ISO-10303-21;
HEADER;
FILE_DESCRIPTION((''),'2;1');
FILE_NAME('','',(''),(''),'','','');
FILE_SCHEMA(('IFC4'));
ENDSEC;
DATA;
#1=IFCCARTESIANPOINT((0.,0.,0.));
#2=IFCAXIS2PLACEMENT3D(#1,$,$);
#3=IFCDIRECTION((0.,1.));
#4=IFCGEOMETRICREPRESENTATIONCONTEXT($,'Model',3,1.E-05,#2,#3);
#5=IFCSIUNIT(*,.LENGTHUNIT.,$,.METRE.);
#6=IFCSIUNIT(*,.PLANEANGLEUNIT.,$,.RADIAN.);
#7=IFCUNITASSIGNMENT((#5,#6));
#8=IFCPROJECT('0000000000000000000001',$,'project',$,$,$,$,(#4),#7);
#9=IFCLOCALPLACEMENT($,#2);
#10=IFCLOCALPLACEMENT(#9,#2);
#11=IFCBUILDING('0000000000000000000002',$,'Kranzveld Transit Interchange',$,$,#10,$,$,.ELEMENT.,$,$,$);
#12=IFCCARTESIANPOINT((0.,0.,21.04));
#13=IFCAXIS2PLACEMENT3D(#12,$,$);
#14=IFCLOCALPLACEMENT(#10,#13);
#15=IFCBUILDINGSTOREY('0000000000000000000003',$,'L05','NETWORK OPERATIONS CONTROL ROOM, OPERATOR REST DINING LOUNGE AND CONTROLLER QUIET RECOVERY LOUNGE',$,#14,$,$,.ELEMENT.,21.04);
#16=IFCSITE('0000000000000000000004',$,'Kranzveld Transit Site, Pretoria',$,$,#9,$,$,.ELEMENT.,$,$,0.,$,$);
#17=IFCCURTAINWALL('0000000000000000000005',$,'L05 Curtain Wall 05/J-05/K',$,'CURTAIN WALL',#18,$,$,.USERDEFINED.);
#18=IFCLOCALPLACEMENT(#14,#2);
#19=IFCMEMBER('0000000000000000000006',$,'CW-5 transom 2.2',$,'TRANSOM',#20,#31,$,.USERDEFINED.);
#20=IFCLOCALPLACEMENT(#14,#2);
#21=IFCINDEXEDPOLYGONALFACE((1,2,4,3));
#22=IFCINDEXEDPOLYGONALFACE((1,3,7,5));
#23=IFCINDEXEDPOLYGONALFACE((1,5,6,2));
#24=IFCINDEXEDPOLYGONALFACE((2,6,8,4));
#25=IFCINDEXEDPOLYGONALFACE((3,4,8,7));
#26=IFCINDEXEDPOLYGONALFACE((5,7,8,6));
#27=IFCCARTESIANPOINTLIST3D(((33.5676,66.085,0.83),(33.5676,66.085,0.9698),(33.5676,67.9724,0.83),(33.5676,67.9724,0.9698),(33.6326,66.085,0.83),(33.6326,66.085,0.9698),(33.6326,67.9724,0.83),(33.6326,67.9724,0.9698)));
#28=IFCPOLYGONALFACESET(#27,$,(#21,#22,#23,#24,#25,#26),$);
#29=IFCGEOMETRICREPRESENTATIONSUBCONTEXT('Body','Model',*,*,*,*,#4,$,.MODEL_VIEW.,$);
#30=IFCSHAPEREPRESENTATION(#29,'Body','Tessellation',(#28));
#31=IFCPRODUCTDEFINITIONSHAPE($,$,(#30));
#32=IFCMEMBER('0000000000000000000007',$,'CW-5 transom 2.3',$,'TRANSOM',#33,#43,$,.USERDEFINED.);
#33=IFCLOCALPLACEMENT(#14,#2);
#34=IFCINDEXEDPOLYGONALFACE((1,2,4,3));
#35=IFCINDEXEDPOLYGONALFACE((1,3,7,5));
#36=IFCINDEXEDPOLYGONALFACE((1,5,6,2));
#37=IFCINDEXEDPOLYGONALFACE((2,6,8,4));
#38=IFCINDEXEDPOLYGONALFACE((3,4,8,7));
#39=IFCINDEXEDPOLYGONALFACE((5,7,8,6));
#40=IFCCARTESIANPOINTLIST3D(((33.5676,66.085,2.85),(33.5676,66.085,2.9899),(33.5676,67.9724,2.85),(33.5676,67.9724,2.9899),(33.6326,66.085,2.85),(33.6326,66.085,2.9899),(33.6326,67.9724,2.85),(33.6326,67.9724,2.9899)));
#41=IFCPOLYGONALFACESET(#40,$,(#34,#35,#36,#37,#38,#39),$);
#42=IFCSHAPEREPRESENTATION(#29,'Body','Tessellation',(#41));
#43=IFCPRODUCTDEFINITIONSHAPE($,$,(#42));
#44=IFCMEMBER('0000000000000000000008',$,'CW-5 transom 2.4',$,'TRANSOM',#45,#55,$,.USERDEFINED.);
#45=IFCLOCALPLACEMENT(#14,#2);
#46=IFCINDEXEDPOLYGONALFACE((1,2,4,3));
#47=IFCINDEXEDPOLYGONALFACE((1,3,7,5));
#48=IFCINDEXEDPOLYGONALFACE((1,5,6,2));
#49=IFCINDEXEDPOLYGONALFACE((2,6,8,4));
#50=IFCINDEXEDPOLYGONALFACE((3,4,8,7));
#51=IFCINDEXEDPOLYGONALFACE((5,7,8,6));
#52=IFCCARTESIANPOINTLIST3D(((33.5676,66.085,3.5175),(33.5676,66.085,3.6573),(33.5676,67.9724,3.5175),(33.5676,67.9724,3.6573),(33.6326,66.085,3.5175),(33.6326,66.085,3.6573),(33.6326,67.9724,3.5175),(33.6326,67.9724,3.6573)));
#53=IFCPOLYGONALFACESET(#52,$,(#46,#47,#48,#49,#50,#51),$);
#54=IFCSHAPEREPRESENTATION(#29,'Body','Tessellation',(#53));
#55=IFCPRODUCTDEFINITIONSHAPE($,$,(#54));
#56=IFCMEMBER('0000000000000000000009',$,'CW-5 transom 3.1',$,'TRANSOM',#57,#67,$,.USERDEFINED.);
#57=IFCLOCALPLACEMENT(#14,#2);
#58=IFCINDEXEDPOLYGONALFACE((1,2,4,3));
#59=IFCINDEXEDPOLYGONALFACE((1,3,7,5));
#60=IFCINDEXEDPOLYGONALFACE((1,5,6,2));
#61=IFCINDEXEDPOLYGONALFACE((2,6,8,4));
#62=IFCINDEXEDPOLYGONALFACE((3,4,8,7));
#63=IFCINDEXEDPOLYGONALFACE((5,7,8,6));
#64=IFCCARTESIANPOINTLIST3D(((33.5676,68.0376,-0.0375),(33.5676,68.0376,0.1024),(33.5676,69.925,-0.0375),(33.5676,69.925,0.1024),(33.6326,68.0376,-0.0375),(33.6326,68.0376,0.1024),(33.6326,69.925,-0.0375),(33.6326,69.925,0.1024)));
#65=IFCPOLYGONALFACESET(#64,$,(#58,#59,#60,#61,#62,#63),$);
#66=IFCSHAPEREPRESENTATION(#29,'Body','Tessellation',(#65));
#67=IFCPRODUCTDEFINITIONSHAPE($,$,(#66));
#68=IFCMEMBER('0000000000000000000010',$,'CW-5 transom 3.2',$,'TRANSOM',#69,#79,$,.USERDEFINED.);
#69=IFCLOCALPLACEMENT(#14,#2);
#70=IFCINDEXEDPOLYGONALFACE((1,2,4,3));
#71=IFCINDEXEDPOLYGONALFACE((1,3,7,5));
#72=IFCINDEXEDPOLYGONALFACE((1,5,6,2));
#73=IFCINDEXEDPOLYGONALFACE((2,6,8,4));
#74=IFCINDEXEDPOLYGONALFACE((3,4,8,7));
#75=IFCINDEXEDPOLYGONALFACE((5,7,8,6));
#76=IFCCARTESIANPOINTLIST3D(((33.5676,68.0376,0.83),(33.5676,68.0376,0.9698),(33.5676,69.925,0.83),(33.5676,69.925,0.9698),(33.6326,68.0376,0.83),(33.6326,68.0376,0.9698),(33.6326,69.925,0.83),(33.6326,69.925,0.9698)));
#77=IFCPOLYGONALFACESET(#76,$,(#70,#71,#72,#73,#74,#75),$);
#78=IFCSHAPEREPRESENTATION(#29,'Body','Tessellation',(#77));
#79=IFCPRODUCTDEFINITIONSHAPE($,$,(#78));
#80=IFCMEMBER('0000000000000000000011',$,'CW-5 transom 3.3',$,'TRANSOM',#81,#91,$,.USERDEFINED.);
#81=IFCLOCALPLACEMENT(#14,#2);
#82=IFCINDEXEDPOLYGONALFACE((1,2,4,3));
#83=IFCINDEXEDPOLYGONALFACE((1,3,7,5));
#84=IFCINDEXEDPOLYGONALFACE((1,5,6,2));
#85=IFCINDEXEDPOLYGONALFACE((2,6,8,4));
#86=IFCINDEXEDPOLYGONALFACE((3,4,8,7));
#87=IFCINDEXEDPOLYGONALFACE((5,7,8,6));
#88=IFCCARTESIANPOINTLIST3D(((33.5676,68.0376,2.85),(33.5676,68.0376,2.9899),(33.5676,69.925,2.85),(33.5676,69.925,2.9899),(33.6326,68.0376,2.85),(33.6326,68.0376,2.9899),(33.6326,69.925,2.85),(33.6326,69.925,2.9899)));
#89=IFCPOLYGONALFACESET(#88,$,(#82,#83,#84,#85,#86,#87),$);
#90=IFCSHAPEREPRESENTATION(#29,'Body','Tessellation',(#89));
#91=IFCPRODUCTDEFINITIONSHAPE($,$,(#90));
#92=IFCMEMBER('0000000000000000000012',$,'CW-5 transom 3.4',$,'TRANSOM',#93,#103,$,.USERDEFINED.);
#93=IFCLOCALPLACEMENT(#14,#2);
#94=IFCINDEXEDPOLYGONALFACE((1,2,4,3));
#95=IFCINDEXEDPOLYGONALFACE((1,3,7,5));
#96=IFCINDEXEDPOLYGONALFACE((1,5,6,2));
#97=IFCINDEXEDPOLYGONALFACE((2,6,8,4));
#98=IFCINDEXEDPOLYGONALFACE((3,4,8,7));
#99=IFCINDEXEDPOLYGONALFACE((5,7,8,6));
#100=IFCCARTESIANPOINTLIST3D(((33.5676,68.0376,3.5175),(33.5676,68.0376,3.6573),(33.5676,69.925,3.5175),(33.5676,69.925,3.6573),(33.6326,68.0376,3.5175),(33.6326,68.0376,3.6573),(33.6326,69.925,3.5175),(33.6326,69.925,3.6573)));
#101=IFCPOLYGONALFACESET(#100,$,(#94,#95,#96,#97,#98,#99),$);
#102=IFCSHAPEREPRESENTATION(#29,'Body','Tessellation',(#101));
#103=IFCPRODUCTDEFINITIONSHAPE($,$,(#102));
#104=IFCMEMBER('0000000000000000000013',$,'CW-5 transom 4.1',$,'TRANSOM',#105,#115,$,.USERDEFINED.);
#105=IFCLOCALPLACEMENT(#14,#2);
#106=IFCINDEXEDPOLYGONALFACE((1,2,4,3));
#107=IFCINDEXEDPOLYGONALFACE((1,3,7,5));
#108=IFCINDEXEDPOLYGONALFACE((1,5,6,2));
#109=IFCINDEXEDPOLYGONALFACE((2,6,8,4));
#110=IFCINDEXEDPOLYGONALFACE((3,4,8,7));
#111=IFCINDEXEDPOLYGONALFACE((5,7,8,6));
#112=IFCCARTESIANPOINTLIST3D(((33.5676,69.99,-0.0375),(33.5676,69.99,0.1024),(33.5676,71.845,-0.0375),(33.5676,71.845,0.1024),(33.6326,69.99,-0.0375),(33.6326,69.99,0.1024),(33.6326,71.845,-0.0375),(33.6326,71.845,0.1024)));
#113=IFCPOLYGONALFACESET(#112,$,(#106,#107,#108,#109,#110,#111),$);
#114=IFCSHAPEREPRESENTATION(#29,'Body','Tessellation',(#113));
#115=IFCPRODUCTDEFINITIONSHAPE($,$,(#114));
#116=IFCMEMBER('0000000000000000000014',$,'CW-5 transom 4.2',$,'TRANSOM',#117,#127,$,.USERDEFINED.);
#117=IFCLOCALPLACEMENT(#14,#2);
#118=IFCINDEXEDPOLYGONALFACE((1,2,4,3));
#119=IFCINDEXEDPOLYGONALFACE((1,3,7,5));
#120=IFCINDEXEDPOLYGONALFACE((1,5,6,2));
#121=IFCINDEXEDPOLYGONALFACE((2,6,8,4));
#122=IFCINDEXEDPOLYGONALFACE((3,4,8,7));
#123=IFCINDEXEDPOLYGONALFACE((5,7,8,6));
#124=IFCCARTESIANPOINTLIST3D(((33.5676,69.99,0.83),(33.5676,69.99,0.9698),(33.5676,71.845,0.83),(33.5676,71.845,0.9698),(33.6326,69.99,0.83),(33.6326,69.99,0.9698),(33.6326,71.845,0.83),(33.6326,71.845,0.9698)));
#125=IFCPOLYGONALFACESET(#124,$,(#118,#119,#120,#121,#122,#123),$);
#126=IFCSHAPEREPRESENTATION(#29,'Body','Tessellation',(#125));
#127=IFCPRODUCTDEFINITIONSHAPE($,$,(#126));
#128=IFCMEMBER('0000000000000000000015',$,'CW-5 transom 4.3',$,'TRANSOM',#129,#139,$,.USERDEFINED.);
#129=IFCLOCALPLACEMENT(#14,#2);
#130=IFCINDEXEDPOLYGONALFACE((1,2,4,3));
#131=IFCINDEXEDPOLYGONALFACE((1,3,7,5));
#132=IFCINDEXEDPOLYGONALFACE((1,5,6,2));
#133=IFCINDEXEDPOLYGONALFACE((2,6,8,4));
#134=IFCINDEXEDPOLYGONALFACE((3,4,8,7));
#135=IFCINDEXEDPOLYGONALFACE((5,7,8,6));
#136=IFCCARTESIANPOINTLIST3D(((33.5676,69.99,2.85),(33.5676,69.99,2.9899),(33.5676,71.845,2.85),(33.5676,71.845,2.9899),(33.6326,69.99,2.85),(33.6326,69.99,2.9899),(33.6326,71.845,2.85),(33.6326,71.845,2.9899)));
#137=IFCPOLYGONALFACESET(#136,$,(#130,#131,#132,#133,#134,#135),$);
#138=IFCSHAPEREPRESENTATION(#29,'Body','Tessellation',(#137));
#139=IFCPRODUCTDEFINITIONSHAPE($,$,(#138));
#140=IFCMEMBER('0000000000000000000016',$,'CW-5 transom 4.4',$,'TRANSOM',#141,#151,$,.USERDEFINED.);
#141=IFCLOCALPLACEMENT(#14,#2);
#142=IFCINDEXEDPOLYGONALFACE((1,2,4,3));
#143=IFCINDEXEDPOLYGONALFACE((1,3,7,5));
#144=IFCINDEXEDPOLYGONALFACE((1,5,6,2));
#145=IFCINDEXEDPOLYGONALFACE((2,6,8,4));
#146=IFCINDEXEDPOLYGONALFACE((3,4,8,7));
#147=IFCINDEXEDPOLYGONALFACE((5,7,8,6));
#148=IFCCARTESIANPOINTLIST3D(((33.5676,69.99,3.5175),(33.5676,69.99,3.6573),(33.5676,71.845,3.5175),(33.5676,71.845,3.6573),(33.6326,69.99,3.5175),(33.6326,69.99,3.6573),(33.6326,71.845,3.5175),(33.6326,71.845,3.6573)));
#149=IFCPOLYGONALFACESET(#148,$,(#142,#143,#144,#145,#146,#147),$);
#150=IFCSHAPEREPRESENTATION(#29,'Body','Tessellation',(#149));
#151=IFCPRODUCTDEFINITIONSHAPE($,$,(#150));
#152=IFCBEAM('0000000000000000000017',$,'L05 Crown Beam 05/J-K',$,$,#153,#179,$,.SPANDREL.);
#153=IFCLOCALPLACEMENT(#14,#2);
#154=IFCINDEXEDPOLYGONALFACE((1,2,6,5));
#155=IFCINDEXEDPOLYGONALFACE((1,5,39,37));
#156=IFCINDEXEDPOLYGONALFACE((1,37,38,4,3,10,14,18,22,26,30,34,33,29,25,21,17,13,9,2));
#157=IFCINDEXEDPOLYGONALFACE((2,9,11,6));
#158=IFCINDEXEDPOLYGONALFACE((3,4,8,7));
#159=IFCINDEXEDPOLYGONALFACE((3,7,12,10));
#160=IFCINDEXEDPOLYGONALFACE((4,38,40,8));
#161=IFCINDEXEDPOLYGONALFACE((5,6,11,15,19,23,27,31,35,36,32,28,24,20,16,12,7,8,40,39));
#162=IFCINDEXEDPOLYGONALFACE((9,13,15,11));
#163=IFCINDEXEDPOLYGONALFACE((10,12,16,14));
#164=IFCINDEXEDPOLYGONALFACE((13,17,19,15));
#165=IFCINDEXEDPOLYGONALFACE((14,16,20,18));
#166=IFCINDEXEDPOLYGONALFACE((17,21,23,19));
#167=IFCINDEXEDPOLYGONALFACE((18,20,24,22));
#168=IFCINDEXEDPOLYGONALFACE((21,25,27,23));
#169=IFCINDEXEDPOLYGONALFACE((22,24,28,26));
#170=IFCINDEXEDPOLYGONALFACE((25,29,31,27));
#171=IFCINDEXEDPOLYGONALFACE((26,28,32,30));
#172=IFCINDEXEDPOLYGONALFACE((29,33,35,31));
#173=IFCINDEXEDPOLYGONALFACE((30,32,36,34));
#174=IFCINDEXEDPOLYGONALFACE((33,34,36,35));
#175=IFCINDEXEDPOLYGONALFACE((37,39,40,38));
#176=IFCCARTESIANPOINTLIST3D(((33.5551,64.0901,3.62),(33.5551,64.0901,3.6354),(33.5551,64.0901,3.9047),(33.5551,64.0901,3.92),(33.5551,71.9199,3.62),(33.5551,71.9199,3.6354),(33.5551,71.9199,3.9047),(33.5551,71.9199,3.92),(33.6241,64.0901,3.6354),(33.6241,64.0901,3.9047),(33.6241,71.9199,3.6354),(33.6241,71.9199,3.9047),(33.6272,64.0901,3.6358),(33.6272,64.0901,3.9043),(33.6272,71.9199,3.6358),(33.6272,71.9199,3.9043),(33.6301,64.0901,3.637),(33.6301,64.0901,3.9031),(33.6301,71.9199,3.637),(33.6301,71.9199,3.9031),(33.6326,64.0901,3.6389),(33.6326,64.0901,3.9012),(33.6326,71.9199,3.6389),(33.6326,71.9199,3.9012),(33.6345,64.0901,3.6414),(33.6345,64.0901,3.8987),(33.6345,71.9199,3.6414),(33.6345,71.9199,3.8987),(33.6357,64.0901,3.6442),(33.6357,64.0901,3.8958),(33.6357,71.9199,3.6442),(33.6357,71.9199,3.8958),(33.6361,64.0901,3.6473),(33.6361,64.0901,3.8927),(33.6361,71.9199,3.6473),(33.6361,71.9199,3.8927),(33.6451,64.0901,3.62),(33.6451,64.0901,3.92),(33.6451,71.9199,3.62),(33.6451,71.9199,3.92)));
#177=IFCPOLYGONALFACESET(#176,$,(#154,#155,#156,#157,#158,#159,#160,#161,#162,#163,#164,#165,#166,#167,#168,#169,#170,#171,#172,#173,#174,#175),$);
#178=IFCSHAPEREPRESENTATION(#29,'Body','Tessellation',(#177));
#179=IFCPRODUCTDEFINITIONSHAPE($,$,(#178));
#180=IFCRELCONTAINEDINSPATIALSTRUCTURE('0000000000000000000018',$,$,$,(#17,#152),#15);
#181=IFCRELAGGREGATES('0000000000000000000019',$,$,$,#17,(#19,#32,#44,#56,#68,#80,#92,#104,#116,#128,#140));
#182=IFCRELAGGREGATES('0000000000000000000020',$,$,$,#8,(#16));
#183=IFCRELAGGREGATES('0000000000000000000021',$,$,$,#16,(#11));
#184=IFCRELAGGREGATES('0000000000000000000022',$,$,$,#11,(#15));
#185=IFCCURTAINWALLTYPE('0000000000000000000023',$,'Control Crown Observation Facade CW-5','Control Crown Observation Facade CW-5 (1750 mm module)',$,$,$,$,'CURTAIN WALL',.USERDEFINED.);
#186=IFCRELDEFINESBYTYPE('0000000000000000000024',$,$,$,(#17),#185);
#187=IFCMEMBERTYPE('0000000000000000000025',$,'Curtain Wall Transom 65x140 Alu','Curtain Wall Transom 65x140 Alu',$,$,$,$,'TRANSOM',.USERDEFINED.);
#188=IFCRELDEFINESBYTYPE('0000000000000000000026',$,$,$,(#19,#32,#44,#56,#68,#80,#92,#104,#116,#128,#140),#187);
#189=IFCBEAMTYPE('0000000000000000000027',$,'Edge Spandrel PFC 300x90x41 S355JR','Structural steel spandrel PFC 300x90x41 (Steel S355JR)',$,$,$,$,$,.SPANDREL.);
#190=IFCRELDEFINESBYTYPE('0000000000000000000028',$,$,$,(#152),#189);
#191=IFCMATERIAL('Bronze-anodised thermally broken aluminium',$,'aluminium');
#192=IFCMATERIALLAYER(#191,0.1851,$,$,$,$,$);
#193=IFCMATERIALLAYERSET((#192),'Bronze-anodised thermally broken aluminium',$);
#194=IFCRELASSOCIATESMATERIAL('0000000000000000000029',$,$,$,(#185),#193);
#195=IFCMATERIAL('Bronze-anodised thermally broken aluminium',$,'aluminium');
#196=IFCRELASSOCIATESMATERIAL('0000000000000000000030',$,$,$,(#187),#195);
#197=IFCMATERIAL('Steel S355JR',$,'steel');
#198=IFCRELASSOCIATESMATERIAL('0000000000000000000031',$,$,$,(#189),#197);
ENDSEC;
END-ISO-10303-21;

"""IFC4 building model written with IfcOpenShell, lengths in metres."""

from ifc_helpers import new_model, si_unit, direction, frame, origin, origin_2d, place, context, subcontext, project, spatial, rectangle, u_section, extrude, material, layer, layer_set, material_profile, profile_set, type_object, element, aggregate, save


model = new_model("IFC4")

# Units and contexts
model_context = context("Model", 3, precision=1e-05, world=origin(), true_north=direction((0.0, 1.0)))
body_context = subcontext(model_context, "Body", "Model", "MODEL_VIEW")
ifc_project = project(units=[si_unit("LENGTHUNIT", "METRE"), si_unit("PLANEANGLEUNIT", "RADIAN")], contexts=[model_context])

# Site, building, storey
site_placement = place(None, origin())
site = spatial("IfcSite", under=ifc_project, at=site_placement, Name="Kranzveld Transit Site, Pretoria", CompositionType="ELEMENT", RefElevation=0.0)
building_placement = place(site_placement, origin())
building = spatial("IfcBuilding", under=site, at=building_placement, Name="Kranzveld Transit Interchange", CompositionType="ELEMENT")
storey_placement = place(building_placement, frame((0.0, 0.0, 21.04)))
storey = spatial("IfcBuildingStorey", under=building, at=storey_placement, Name="L05", Description="NETWORK OPERATIONS CONTROL ROOM, OPERATOR REST DINING LOUNGE AND CONTROLLER QUIET RECOVERY LOUNGE", CompositionType="ELEMENT", Elevation=21.04)

# Curtain wall, members
ifc_material_1 = material(Name="Bronze-anodised thermally broken aluminium", Category="aluminium")
ifc_layer_1 = layer(ifc_material_1, 0.1851)
ifc_layer_set_1 = layer_set([ifc_layer_1], Name="Bronze-anodised thermally broken aluminium")
curtain_wall_type = type_object("IfcCurtainWallType", Name="Control Crown Observation Facade CW-5", Description="Control Crown Observation Facade CW-5 (1750 mm module)", ElementType="CURTAIN WALL", PredefinedType="USERDEFINED", material=ifc_layer_set_1)
curtain_wall_placement = place(storey_placement, origin())
curtain_wall = element("IfcCurtainWall", 1, at=curtain_wall_placement, inside=storey, type_object=curtain_wall_type, Name="L05 Curtain Wall 05/J-05/K", ObjectType="CURTAIN WALL", PredefinedType="USERDEFINED")
ifc_material_2 = material(Name="Bronze-anodised thermally broken aluminium", Category="aluminium")
ifc_material_profile_1 = material_profile(ifc_material_2, rectangle(XDim=0.0649, YDim=0.1399, at=origin_2d()), Name="ALU TRANSOM 65x140")
ifc_profile_set_1 = profile_set([ifc_material_profile_1], Name="Bronze-anodised thermally broken aluminium")
member_type_1 = type_object("IfcMemberType", Name="Curtain Wall Transom 65x140 Alu", Description="Curtain Wall Transom 65x140 Alu", ElementType="TRANSOM", PredefinedType="USERDEFINED", material=ifc_profile_set_1)
member_1_placement = place(storey_placement, frame((33.6001, 66.085, 0.8999), z_axis=(0.0, 1.0, 0.0), x_axis=(-1.0, 0.0, 0.0)))
member_1 = element("IfcMember", 2, at=member_1_placement, type_object=member_type_1, Name="CW-5 transom 2.2", ObjectType="TRANSOM", PredefinedType="USERDEFINED", context=body_context, shape_type="SweptSolid", body=[
    extrude(rectangle(XDim=0.0649, YDim=0.1399, at=origin_2d()), origin(), (0.0, 0.0, 1.0), 1.8875),
])
member_2_placement = place(storey_placement, frame((33.6001, 66.085, 2.9199), z_axis=(0.0, 1.0, 0.0), x_axis=(-1.0, 0.0, 0.0)))
member_2 = element("IfcMember", 3, at=member_2_placement, type_object=member_type_1, Name="CW-5 transom 2.3", ObjectType="TRANSOM", PredefinedType="USERDEFINED", context=body_context, shape_type="SweptSolid", body=[
    extrude(rectangle(XDim=0.0649, YDim=0.1399, at=origin_2d()), origin(), (0.0, 0.0, 1.0), 1.8875),
])
member_3_placement = place(storey_placement, frame((33.6001, 66.085, 3.5874), z_axis=(0.0, 1.0, 0.0), x_axis=(-1.0, 0.0, 0.0)))
member_3 = element("IfcMember", 4, at=member_3_placement, type_object=member_type_1, Name="CW-5 transom 2.4", ObjectType="TRANSOM", PredefinedType="USERDEFINED", context=body_context, shape_type="SweptSolid", body=[
    extrude(rectangle(XDim=0.0649, YDim=0.1399, at=origin_2d()), origin(), (0.0, 0.0, 1.0), 1.8875),
])
member_4_placement = place(storey_placement, frame((33.6001, 68.0376, 0.0325), z_axis=(0.0, 1.0, 0.0), x_axis=(-1.0, 0.0, 0.0)))
member_4 = element("IfcMember", 5, at=member_4_placement, type_object=member_type_1, Name="CW-5 transom 3.1", ObjectType="TRANSOM", PredefinedType="USERDEFINED", context=body_context, shape_type="SweptSolid", body=[
    extrude(rectangle(XDim=0.0649, YDim=0.1399, at=origin_2d()), origin(), (0.0, 0.0, 1.0), 1.8875),
])
member_5_placement = place(storey_placement, frame((33.6001, 68.0376, 0.8999), z_axis=(0.0, 1.0, 0.0), x_axis=(-1.0, 0.0, 0.0)))
member_5 = element("IfcMember", 6, at=member_5_placement, type_object=member_type_1, Name="CW-5 transom 3.2", ObjectType="TRANSOM", PredefinedType="USERDEFINED", context=body_context, shape_type="SweptSolid", body=[
    extrude(rectangle(XDim=0.0649, YDim=0.1399, at=origin_2d()), origin(), (0.0, 0.0, 1.0), 1.8875),
])
member_6_placement = place(storey_placement, frame((33.6001, 68.0376, 2.9199), z_axis=(0.0, 1.0, 0.0), x_axis=(-1.0, 0.0, 0.0)))
member_6 = element("IfcMember", 7, at=member_6_placement, type_object=member_type_1, Name="CW-5 transom 3.3", ObjectType="TRANSOM", PredefinedType="USERDEFINED", context=body_context, shape_type="SweptSolid", body=[
    extrude(rectangle(XDim=0.0649, YDim=0.1399, at=origin_2d()), origin(), (0.0, 0.0, 1.0), 1.8875),
])
member_7_placement = place(storey_placement, frame((33.6001, 68.0376, 3.5874), z_axis=(0.0, 1.0, 0.0), x_axis=(-1.0, 0.0, 0.0)))
member_7 = element("IfcMember", 8, at=member_7_placement, type_object=member_type_1, Name="CW-5 transom 3.4", ObjectType="TRANSOM", PredefinedType="USERDEFINED", context=body_context, shape_type="SweptSolid", body=[
    extrude(rectangle(XDim=0.0649, YDim=0.1399, at=origin_2d()), origin(), (0.0, 0.0, 1.0), 1.8875),
])
member_8_placement = place(storey_placement, frame((33.6001, 69.99, 0.0325), z_axis=(0.0, 1.0, 0.0), x_axis=(-1.0, 0.0, 0.0)))
member_8 = element("IfcMember", 9, at=member_8_placement, type_object=member_type_1, Name="CW-5 transom 4.1", ObjectType="TRANSOM", PredefinedType="USERDEFINED", context=body_context, shape_type="SweptSolid", body=[
    extrude(rectangle(XDim=0.0649, YDim=0.1399, at=origin_2d()), origin(), (0.0, 0.0, 1.0), 1.855),
])
member_9_placement = place(storey_placement, frame((33.6001, 69.99, 0.8999), z_axis=(0.0, 1.0, 0.0), x_axis=(-1.0, 0.0, 0.0)))
member_9 = element("IfcMember", 10, at=member_9_placement, type_object=member_type_1, Name="CW-5 transom 4.2", ObjectType="TRANSOM", PredefinedType="USERDEFINED", context=body_context, shape_type="SweptSolid", body=[
    extrude(rectangle(XDim=0.0649, YDim=0.1399, at=origin_2d()), origin(), (0.0, 0.0, 1.0), 1.855),
])
member_10_placement = place(storey_placement, frame((33.6001, 69.99, 2.9199), z_axis=(0.0, 1.0, 0.0), x_axis=(-1.0, 0.0, 0.0)))
member_10 = element("IfcMember", 11, at=member_10_placement, type_object=member_type_1, Name="CW-5 transom 4.3", ObjectType="TRANSOM", PredefinedType="USERDEFINED", context=body_context, shape_type="SweptSolid", body=[
    extrude(rectangle(XDim=0.0649, YDim=0.1399, at=origin_2d()), origin(), (0.0, 0.0, 1.0), 1.855),
])
member_11_placement = place(storey_placement, frame((33.6001, 69.99, 3.5874), z_axis=(0.0, 1.0, 0.0), x_axis=(-1.0, 0.0, 0.0)))
member_11 = element("IfcMember", 12, at=member_11_placement, type_object=member_type_1, Name="CW-5 transom 4.4", ObjectType="TRANSOM", PredefinedType="USERDEFINED", context=body_context, shape_type="SweptSolid", body=[
    extrude(rectangle(XDim=0.0649, YDim=0.1399, at=origin_2d()), origin(), (0.0, 0.0, 1.0), 1.855),
])

# Beam
ifc_material_3 = material(Name="Steel S355JR", Category="steel")
ifc_material_profile_2 = material_profile(ifc_material_3, u_section(Depth=0.3, FlangeWidth=0.0901, WebThickness=0.009, FlangeThickness=0.0154, FilletRadius=0.012, at=origin_2d()), Name="PFC 300x90x41")
ifc_profile_set_2 = profile_set([ifc_material_profile_2], Name="Steel S355JR")
beam_type_1 = type_object("IfcBeamType", Name="Edge Spandrel PFC 300x90x41 S355JR", Description="Structural steel spandrel PFC 300x90x41 (Steel S355JR)", PredefinedType="SPANDREL", material=ifc_profile_set_2)
beam_1_placement = place(storey_placement, frame((33.6001, 64.0901, 3.77), z_axis=(0.0, 1.0, 0.0), x_axis=(-1.0, 0.0, 0.0)))
element("IfcBeam", 13, at=beam_1_placement, inside=storey, type_object=beam_type_1, Name="L05 Crown Beam 05/J-K", PredefinedType="SPANDREL", context=body_context, shape_type="SweptSolid", body=[
    extrude(u_section(Depth=0.3, FlangeWidth=0.0901, WebThickness=0.009, FlangeThickness=0.0154, FilletRadius=0.012, at=origin_2d()), origin(), (0.0, 0.0, 1.0), 7.8298),
])

aggregate(curtain_wall, [member_1, member_2, member_3, member_4, member_5, member_6, member_7, member_8, member_9, member_10, member_11])

save(model, "model.ifc")
